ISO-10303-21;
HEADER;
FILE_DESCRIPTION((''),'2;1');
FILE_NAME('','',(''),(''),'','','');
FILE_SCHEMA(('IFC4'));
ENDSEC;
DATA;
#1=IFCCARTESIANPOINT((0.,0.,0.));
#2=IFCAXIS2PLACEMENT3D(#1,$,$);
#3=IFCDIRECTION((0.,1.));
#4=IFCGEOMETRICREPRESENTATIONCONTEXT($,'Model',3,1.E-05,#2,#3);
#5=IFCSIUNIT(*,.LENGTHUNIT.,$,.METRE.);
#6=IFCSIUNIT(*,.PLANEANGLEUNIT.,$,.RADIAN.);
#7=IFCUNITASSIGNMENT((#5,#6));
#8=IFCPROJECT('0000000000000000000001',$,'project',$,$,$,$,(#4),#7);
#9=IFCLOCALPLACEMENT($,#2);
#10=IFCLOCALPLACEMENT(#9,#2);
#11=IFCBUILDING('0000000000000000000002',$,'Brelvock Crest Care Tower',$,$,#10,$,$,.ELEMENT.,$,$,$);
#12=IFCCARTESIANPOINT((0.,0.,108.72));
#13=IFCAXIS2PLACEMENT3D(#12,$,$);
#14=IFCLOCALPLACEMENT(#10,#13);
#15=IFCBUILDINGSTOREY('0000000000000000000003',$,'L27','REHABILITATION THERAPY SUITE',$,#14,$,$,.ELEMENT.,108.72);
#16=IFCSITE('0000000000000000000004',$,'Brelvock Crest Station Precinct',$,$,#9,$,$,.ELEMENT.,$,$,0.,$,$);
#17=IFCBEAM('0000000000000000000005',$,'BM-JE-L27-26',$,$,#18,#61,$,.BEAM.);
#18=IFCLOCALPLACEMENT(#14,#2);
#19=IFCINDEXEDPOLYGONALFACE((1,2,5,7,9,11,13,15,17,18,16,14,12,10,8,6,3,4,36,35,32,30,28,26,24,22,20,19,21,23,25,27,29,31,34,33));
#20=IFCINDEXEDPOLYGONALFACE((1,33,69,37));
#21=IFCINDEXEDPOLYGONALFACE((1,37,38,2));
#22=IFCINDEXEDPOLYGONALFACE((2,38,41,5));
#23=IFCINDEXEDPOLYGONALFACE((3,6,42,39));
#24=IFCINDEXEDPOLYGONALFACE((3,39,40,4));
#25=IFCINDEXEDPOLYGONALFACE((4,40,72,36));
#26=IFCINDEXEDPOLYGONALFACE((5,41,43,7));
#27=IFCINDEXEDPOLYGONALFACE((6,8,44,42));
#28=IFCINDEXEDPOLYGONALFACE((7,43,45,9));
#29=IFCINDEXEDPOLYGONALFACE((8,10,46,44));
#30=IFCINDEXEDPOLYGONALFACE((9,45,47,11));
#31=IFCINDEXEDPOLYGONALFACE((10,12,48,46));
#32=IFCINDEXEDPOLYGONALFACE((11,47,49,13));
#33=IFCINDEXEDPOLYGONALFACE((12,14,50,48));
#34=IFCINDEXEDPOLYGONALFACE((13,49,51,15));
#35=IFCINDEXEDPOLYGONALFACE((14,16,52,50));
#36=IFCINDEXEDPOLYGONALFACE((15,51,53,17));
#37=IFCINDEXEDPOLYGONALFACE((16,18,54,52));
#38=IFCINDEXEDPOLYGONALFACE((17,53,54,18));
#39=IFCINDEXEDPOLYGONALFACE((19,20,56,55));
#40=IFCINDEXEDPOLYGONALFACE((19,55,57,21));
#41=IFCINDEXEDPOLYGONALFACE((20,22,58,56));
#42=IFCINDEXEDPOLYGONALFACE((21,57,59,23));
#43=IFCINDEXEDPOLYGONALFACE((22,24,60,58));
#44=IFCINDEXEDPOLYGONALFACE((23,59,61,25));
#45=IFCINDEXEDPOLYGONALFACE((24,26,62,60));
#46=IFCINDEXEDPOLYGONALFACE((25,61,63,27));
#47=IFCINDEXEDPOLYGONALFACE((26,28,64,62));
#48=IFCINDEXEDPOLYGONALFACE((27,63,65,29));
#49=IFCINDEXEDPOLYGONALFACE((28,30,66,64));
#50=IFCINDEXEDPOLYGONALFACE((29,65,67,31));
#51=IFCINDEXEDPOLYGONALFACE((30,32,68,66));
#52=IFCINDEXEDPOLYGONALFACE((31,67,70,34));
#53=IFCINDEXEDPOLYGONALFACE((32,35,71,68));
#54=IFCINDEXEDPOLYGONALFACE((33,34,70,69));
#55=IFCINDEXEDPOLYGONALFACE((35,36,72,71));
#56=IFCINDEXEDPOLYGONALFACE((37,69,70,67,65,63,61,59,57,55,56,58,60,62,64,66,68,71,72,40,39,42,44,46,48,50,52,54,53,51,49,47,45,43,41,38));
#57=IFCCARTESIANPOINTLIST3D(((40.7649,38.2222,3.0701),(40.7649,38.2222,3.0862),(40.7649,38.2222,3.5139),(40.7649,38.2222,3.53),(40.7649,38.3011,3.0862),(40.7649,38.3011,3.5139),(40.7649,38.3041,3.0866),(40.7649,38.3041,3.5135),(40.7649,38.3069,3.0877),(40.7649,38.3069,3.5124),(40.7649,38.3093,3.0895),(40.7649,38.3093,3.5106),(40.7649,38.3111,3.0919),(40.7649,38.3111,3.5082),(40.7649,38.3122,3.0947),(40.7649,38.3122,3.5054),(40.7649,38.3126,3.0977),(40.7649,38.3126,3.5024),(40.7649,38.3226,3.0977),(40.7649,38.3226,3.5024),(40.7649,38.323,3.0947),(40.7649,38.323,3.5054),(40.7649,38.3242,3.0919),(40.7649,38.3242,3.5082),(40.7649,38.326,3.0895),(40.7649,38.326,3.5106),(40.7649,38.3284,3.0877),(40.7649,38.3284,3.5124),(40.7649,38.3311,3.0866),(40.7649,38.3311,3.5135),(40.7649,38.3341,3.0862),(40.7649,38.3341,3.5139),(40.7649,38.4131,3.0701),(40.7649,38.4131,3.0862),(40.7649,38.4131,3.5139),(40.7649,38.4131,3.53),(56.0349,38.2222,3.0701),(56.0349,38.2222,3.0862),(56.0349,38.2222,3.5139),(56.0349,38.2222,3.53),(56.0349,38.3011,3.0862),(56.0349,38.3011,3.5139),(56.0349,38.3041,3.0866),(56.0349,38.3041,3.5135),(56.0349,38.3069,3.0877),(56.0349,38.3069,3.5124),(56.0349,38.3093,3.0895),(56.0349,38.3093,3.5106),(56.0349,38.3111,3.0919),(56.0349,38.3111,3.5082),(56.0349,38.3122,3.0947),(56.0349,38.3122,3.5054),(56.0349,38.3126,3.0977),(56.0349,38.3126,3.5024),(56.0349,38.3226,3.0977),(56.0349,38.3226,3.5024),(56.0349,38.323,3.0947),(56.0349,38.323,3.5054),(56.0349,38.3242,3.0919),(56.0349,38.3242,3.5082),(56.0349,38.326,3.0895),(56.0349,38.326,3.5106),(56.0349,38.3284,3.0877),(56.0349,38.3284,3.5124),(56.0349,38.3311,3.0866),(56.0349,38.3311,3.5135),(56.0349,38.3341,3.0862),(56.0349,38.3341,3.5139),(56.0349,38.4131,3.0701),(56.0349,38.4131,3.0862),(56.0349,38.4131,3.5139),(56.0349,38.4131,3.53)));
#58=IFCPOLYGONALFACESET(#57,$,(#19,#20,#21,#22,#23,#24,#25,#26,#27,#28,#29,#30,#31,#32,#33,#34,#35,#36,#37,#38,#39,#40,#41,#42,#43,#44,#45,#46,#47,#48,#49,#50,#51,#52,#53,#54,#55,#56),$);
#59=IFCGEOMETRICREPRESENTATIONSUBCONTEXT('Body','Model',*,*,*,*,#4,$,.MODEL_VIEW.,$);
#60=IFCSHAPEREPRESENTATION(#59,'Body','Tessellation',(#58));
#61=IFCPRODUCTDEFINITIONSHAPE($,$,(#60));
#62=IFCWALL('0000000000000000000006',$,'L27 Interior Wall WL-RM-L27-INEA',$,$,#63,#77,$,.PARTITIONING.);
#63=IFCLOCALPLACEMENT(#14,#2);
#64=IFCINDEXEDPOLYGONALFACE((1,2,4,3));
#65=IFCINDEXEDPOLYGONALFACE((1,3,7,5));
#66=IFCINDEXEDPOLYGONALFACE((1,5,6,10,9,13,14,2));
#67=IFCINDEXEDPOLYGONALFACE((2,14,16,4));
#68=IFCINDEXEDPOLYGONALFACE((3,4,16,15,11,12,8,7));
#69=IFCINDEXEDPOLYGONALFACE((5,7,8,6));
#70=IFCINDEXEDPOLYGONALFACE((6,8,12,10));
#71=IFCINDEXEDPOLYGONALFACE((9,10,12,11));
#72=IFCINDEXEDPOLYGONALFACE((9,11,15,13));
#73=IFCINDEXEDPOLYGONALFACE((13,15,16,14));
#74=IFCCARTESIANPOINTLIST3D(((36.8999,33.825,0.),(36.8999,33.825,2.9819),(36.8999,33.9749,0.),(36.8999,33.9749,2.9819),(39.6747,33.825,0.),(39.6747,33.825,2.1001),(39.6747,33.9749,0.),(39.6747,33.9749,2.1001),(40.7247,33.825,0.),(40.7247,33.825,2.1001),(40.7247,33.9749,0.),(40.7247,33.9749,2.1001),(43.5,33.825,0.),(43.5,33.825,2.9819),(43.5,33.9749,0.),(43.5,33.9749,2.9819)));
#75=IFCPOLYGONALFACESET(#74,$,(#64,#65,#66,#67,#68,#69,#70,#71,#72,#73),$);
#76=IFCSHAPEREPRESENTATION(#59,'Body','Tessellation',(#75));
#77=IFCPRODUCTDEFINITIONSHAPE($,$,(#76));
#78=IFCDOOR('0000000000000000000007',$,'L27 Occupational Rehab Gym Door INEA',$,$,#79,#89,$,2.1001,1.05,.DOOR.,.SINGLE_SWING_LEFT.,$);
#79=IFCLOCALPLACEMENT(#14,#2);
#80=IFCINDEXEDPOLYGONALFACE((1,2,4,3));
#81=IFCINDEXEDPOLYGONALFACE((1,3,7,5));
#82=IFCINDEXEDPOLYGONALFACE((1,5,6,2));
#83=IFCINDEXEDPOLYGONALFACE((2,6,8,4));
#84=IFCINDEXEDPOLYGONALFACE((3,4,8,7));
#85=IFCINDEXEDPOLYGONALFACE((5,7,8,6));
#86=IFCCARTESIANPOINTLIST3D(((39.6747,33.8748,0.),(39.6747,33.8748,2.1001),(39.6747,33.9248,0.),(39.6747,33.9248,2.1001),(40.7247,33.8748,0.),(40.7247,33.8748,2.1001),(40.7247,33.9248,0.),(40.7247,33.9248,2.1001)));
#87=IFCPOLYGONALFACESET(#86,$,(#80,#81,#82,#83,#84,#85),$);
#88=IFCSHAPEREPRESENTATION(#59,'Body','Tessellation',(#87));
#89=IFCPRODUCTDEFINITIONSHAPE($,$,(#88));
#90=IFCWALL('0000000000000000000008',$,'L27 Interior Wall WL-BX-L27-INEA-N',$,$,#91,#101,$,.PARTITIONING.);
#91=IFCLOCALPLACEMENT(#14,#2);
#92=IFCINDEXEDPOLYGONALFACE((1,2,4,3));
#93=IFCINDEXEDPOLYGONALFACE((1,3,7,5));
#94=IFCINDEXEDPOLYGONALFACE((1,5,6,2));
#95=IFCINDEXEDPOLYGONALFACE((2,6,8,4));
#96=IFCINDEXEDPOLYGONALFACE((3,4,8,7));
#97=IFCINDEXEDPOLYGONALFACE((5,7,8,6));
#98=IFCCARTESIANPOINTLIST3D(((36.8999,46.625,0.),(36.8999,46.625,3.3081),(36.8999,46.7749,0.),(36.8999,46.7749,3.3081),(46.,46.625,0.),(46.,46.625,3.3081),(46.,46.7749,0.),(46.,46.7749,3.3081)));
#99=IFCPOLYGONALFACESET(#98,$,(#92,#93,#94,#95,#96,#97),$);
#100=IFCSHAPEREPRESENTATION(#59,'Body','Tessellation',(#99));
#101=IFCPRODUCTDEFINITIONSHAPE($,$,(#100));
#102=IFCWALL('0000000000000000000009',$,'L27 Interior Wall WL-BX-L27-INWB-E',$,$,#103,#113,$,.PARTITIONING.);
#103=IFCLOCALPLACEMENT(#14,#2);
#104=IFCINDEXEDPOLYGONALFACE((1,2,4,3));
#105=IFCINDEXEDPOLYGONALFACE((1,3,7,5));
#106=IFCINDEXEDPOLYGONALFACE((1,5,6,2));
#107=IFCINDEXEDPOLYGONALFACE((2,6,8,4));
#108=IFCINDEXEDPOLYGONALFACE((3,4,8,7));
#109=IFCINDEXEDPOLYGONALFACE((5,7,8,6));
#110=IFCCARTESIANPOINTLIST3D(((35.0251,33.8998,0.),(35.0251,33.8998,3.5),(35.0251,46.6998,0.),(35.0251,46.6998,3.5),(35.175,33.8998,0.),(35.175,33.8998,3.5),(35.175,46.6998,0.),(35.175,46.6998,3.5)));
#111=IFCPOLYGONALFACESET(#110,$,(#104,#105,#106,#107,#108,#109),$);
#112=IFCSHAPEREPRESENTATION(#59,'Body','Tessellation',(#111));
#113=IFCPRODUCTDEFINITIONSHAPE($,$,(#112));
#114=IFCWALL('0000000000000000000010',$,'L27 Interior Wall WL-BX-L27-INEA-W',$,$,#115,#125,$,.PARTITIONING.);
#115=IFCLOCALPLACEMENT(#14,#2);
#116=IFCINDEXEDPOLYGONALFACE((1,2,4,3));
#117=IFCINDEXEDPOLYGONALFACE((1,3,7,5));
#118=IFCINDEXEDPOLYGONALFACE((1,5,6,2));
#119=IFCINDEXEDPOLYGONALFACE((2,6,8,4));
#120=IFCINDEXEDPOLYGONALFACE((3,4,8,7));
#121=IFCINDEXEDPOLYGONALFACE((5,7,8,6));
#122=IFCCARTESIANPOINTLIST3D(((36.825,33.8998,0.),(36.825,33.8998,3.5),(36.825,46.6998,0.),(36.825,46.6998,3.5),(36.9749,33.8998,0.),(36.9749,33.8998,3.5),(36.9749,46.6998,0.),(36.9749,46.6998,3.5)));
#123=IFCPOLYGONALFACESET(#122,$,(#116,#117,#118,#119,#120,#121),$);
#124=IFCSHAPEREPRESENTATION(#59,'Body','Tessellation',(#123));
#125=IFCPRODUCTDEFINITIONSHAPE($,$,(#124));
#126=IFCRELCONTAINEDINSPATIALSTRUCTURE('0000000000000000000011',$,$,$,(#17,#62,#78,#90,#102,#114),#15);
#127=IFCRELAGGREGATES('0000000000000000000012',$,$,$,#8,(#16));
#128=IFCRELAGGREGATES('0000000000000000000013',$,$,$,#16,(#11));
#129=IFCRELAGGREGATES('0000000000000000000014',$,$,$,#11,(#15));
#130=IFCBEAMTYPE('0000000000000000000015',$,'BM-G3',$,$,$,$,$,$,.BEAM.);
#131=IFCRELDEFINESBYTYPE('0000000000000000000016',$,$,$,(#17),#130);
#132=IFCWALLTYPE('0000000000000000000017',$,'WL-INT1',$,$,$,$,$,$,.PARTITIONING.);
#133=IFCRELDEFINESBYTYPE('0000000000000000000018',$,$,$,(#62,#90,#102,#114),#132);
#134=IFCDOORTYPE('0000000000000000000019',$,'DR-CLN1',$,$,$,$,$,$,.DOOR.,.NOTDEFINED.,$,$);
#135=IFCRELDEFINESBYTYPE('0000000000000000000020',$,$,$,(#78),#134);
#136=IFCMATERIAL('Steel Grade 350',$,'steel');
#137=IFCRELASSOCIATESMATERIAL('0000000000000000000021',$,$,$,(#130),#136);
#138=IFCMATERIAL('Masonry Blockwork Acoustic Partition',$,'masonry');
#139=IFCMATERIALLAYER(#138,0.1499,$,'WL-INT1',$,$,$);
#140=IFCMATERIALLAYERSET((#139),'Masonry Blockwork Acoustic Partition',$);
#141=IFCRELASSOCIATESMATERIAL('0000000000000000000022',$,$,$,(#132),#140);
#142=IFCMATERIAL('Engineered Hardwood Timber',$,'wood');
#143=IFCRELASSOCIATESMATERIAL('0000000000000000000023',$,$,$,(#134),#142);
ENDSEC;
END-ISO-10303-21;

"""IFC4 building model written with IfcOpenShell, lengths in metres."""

from ifc_helpers import new_model, si_unit, direction, frame, frame_2d, origin, origin_2d, place, context, subcontext, project, spatial, rectangle, i_section, extrude, source, transform, mapped, material, layer, layer_set, material_profile, profile_set, type_object, element, fill, save


model = new_model("IFC4")

# Units and contexts
model_context = context("Model", 3, precision=1e-05, world=origin(), true_north=direction((0.0, 1.0)))
body_context = subcontext(model_context, "Body", "Model", "MODEL_VIEW")
ifc_project = project(units=[si_unit("LENGTHUNIT", "METRE"), si_unit("PLANEANGLEUNIT", "RADIAN")], contexts=[model_context])

# Site, building, storey
site_placement = place(None, origin())
site = spatial("IfcSite", under=ifc_project, at=site_placement, Name="Brelvock Crest Station Precinct", CompositionType="ELEMENT", RefElevation=0.0)
building_placement = place(site_placement, origin())
building = spatial("IfcBuilding", under=site, at=building_placement, Name="Brelvock Crest Care Tower", CompositionType="ELEMENT")
storey_placement = place(building_placement, frame((0.0, 0.0, 108.72)))
storey = spatial("IfcBuildingStorey", under=building, at=storey_placement, Name="L27", Description="REHABILITATION THERAPY SUITE", CompositionType="ELEMENT", Elevation=108.72)

# Beam
ifc_material_1 = material(Name="Steel Grade 350", Category="steel")
ifc_material_profile_1 = material_profile(ifc_material_1, i_section(OverallWidth=0.1909, OverallDepth=0.46, WebThickness=0.01, FlangeThickness=0.0161, FilletRadius=0.0115, at=origin_2d()), Name="460UB82.1")
ifc_profile_set_1 = profile_set([ifc_material_profile_1], Name="Steel Grade 350")
beam_type_1 = type_object("IfcBeamType", Name="BM-G3", PredefinedType="BEAM", material=ifc_profile_set_1)
shared_shape_1 = source(origin(), body_context, "Body", "SweptSolid", [
    extrude(i_section(OverallWidth=0.1909, OverallDepth=0.46, WebThickness=0.01, FlangeThickness=0.0161, FilletRadius=0.0115, at=origin_2d()), origin(), (0.0, 0.0, 1.0), 15.27),
])
for number, where, z_axis, x_axis, name in (
    (1, (40.7649, 38.3176, 3.3), (1.0, 0.0, 0.0), (0.0, 1.0, 0.0), "BM-JE-L27-26"),
):
    element("IfcBeam", number, at=place(storey_placement, frame(where, z_axis=z_axis, x_axis=x_axis)), inside=storey, type_object=beam_type_1, Name=name, PredefinedType="BEAM", context=body_context, shape_type="MappedRepresentation", body=[
        mapped(shared_shape_1, transform((0.0, 0.0, 0.0), x_axis=(1.0, 0.0, 0.0), y_axis=(0.0, 1.0, 0.0), z_axis=(0.0, 0.0, 1.0), scale=1.0)),
    ])

# Wall, opening, door
ifc_material_2 = material(Name="Masonry Blockwork Acoustic Partition", Category="masonry")
ifc_layer = layer(ifc_material_2, 0.1499, Name="WL-INT1")
ifc_layer_set = layer_set([ifc_layer], Name="Masonry Blockwork Acoustic Partition")
wall_type = type_object("IfcWallType", Name="WL-INT1", PredefinedType="PARTITIONING", material=ifc_layer_set)
wall_1_placement = place(storey_placement, frame((36.8999, 33.8999, 0.0), z_axis=(0.0, 0.0, 1.0), x_axis=(1.0, 0.0, 0.0)))
wall_1 = element("IfcWall", 2, at=wall_1_placement, inside=storey, type_object=wall_type, Name="L27 Interior Wall WL-RM-L27-INEA", PredefinedType="PARTITIONING", context=body_context, shape_type="SweptSolid", body=[
    extrude(rectangle(XDim=6.6001, YDim=0.1499, at=frame_2d((3.3, 0.0))), origin(), (0.0, 0.0, 1.0), 2.9819),
])
opening_placement = place(wall_1_placement, frame((2.7749, 0.0, 0.0)))
opening = element("IfcOpeningElement", 3, at=opening_placement, cuts=wall_1, PredefinedType="OPENING", context=body_context, shape_type="SweptSolid", body=[
    extrude(rectangle(XDim=1.05, YDim=2.1001, at=origin_2d()), frame((0.5249, 0.085, 1.05), z_axis=(0.0, -1.0, 0.0), x_axis=(1.0, 0.0, 0.0)), (0.0, 0.0, 1.0), 0.1699),
])
ifc_material_3 = material(Name="Engineered Hardwood Timber", Category="wood")
door_type = type_object("IfcDoorType", Name="DR-CLN1", OperationType="NOTDEFINED", PredefinedType="DOOR", material=ifc_material_3)
shared_shape_2 = source(origin(), body_context, "Body", "SweptSolid", [
    extrude(rectangle(XDim=1.05, YDim=2.1001, at=origin_2d()), frame((0.5249, 0.0249, 1.05), z_axis=(0.0, -1.0, 0.0), x_axis=(1.0, 0.0, 0.0)), (0.0, 0.0, 1.0), 0.05),
])
door_placement = place(opening_placement, origin())
door = element("IfcDoor", 4, at=door_placement, inside=storey, type_object=door_type, Name="L27 Occupational Rehab Gym Door INEA", OperationType="SINGLE_SWING_LEFT", OverallHeight=2.1001, OverallWidth=1.05, PredefinedType="DOOR", context=body_context, shape_type="MappedRepresentation", body=[
    mapped(shared_shape_2, transform((0.0, 0.0, 0.0), x_axis=(1.0, 0.0, 0.0), y_axis=(0.0, 1.0, 0.0), z_axis=(0.0, 0.0, 1.0), scale=1.0)),
])
fill(opening, door)

# Walls
wall_2_placement = place(storey_placement, frame((36.8999, 46.7, 0.0), z_axis=(0.0, 0.0, 1.0), x_axis=(1.0, 0.0, 0.0)))
element("IfcWall", 5, at=wall_2_placement, inside=storey, type_object=wall_type, Name="L27 Interior Wall WL-BX-L27-INEA-N", PredefinedType="PARTITIONING", context=body_context, shape_type="SweptSolid", body=[
    extrude(rectangle(XDim=9.1001, YDim=0.1499, at=frame_2d((4.55, 0.0))), origin(), (0.0, 0.0, 1.0), 3.3081),
])
for number, where, z_axis, x_axis, name in (
    (6, (35.1001, 33.8999, 0.0), (0.0, 0.0, 1.0), (0.0, 1.0, 0.0), "L27 Interior Wall WL-BX-L27-INWB-E"),
    (7, (36.8999, 33.8999, 0.0), (0.0, 0.0, 1.0), (0.0, 1.0, 0.0), "L27 Interior Wall WL-BX-L27-INEA-W"),
):
    element("IfcWall", number, at=place(storey_placement, frame(where, z_axis=z_axis, x_axis=x_axis)), inside=storey, type_object=wall_type, Name=name, PredefinedType="PARTITIONING", context=body_context, shape_type="SweptSolid", body=[
        extrude(rectangle(XDim=12.8, YDim=0.1499, at=frame_2d((6.3999, 0.0))), origin(), (0.0, 0.0, 1.0), 3.5),
    ])

save(model, "model.ifc")
